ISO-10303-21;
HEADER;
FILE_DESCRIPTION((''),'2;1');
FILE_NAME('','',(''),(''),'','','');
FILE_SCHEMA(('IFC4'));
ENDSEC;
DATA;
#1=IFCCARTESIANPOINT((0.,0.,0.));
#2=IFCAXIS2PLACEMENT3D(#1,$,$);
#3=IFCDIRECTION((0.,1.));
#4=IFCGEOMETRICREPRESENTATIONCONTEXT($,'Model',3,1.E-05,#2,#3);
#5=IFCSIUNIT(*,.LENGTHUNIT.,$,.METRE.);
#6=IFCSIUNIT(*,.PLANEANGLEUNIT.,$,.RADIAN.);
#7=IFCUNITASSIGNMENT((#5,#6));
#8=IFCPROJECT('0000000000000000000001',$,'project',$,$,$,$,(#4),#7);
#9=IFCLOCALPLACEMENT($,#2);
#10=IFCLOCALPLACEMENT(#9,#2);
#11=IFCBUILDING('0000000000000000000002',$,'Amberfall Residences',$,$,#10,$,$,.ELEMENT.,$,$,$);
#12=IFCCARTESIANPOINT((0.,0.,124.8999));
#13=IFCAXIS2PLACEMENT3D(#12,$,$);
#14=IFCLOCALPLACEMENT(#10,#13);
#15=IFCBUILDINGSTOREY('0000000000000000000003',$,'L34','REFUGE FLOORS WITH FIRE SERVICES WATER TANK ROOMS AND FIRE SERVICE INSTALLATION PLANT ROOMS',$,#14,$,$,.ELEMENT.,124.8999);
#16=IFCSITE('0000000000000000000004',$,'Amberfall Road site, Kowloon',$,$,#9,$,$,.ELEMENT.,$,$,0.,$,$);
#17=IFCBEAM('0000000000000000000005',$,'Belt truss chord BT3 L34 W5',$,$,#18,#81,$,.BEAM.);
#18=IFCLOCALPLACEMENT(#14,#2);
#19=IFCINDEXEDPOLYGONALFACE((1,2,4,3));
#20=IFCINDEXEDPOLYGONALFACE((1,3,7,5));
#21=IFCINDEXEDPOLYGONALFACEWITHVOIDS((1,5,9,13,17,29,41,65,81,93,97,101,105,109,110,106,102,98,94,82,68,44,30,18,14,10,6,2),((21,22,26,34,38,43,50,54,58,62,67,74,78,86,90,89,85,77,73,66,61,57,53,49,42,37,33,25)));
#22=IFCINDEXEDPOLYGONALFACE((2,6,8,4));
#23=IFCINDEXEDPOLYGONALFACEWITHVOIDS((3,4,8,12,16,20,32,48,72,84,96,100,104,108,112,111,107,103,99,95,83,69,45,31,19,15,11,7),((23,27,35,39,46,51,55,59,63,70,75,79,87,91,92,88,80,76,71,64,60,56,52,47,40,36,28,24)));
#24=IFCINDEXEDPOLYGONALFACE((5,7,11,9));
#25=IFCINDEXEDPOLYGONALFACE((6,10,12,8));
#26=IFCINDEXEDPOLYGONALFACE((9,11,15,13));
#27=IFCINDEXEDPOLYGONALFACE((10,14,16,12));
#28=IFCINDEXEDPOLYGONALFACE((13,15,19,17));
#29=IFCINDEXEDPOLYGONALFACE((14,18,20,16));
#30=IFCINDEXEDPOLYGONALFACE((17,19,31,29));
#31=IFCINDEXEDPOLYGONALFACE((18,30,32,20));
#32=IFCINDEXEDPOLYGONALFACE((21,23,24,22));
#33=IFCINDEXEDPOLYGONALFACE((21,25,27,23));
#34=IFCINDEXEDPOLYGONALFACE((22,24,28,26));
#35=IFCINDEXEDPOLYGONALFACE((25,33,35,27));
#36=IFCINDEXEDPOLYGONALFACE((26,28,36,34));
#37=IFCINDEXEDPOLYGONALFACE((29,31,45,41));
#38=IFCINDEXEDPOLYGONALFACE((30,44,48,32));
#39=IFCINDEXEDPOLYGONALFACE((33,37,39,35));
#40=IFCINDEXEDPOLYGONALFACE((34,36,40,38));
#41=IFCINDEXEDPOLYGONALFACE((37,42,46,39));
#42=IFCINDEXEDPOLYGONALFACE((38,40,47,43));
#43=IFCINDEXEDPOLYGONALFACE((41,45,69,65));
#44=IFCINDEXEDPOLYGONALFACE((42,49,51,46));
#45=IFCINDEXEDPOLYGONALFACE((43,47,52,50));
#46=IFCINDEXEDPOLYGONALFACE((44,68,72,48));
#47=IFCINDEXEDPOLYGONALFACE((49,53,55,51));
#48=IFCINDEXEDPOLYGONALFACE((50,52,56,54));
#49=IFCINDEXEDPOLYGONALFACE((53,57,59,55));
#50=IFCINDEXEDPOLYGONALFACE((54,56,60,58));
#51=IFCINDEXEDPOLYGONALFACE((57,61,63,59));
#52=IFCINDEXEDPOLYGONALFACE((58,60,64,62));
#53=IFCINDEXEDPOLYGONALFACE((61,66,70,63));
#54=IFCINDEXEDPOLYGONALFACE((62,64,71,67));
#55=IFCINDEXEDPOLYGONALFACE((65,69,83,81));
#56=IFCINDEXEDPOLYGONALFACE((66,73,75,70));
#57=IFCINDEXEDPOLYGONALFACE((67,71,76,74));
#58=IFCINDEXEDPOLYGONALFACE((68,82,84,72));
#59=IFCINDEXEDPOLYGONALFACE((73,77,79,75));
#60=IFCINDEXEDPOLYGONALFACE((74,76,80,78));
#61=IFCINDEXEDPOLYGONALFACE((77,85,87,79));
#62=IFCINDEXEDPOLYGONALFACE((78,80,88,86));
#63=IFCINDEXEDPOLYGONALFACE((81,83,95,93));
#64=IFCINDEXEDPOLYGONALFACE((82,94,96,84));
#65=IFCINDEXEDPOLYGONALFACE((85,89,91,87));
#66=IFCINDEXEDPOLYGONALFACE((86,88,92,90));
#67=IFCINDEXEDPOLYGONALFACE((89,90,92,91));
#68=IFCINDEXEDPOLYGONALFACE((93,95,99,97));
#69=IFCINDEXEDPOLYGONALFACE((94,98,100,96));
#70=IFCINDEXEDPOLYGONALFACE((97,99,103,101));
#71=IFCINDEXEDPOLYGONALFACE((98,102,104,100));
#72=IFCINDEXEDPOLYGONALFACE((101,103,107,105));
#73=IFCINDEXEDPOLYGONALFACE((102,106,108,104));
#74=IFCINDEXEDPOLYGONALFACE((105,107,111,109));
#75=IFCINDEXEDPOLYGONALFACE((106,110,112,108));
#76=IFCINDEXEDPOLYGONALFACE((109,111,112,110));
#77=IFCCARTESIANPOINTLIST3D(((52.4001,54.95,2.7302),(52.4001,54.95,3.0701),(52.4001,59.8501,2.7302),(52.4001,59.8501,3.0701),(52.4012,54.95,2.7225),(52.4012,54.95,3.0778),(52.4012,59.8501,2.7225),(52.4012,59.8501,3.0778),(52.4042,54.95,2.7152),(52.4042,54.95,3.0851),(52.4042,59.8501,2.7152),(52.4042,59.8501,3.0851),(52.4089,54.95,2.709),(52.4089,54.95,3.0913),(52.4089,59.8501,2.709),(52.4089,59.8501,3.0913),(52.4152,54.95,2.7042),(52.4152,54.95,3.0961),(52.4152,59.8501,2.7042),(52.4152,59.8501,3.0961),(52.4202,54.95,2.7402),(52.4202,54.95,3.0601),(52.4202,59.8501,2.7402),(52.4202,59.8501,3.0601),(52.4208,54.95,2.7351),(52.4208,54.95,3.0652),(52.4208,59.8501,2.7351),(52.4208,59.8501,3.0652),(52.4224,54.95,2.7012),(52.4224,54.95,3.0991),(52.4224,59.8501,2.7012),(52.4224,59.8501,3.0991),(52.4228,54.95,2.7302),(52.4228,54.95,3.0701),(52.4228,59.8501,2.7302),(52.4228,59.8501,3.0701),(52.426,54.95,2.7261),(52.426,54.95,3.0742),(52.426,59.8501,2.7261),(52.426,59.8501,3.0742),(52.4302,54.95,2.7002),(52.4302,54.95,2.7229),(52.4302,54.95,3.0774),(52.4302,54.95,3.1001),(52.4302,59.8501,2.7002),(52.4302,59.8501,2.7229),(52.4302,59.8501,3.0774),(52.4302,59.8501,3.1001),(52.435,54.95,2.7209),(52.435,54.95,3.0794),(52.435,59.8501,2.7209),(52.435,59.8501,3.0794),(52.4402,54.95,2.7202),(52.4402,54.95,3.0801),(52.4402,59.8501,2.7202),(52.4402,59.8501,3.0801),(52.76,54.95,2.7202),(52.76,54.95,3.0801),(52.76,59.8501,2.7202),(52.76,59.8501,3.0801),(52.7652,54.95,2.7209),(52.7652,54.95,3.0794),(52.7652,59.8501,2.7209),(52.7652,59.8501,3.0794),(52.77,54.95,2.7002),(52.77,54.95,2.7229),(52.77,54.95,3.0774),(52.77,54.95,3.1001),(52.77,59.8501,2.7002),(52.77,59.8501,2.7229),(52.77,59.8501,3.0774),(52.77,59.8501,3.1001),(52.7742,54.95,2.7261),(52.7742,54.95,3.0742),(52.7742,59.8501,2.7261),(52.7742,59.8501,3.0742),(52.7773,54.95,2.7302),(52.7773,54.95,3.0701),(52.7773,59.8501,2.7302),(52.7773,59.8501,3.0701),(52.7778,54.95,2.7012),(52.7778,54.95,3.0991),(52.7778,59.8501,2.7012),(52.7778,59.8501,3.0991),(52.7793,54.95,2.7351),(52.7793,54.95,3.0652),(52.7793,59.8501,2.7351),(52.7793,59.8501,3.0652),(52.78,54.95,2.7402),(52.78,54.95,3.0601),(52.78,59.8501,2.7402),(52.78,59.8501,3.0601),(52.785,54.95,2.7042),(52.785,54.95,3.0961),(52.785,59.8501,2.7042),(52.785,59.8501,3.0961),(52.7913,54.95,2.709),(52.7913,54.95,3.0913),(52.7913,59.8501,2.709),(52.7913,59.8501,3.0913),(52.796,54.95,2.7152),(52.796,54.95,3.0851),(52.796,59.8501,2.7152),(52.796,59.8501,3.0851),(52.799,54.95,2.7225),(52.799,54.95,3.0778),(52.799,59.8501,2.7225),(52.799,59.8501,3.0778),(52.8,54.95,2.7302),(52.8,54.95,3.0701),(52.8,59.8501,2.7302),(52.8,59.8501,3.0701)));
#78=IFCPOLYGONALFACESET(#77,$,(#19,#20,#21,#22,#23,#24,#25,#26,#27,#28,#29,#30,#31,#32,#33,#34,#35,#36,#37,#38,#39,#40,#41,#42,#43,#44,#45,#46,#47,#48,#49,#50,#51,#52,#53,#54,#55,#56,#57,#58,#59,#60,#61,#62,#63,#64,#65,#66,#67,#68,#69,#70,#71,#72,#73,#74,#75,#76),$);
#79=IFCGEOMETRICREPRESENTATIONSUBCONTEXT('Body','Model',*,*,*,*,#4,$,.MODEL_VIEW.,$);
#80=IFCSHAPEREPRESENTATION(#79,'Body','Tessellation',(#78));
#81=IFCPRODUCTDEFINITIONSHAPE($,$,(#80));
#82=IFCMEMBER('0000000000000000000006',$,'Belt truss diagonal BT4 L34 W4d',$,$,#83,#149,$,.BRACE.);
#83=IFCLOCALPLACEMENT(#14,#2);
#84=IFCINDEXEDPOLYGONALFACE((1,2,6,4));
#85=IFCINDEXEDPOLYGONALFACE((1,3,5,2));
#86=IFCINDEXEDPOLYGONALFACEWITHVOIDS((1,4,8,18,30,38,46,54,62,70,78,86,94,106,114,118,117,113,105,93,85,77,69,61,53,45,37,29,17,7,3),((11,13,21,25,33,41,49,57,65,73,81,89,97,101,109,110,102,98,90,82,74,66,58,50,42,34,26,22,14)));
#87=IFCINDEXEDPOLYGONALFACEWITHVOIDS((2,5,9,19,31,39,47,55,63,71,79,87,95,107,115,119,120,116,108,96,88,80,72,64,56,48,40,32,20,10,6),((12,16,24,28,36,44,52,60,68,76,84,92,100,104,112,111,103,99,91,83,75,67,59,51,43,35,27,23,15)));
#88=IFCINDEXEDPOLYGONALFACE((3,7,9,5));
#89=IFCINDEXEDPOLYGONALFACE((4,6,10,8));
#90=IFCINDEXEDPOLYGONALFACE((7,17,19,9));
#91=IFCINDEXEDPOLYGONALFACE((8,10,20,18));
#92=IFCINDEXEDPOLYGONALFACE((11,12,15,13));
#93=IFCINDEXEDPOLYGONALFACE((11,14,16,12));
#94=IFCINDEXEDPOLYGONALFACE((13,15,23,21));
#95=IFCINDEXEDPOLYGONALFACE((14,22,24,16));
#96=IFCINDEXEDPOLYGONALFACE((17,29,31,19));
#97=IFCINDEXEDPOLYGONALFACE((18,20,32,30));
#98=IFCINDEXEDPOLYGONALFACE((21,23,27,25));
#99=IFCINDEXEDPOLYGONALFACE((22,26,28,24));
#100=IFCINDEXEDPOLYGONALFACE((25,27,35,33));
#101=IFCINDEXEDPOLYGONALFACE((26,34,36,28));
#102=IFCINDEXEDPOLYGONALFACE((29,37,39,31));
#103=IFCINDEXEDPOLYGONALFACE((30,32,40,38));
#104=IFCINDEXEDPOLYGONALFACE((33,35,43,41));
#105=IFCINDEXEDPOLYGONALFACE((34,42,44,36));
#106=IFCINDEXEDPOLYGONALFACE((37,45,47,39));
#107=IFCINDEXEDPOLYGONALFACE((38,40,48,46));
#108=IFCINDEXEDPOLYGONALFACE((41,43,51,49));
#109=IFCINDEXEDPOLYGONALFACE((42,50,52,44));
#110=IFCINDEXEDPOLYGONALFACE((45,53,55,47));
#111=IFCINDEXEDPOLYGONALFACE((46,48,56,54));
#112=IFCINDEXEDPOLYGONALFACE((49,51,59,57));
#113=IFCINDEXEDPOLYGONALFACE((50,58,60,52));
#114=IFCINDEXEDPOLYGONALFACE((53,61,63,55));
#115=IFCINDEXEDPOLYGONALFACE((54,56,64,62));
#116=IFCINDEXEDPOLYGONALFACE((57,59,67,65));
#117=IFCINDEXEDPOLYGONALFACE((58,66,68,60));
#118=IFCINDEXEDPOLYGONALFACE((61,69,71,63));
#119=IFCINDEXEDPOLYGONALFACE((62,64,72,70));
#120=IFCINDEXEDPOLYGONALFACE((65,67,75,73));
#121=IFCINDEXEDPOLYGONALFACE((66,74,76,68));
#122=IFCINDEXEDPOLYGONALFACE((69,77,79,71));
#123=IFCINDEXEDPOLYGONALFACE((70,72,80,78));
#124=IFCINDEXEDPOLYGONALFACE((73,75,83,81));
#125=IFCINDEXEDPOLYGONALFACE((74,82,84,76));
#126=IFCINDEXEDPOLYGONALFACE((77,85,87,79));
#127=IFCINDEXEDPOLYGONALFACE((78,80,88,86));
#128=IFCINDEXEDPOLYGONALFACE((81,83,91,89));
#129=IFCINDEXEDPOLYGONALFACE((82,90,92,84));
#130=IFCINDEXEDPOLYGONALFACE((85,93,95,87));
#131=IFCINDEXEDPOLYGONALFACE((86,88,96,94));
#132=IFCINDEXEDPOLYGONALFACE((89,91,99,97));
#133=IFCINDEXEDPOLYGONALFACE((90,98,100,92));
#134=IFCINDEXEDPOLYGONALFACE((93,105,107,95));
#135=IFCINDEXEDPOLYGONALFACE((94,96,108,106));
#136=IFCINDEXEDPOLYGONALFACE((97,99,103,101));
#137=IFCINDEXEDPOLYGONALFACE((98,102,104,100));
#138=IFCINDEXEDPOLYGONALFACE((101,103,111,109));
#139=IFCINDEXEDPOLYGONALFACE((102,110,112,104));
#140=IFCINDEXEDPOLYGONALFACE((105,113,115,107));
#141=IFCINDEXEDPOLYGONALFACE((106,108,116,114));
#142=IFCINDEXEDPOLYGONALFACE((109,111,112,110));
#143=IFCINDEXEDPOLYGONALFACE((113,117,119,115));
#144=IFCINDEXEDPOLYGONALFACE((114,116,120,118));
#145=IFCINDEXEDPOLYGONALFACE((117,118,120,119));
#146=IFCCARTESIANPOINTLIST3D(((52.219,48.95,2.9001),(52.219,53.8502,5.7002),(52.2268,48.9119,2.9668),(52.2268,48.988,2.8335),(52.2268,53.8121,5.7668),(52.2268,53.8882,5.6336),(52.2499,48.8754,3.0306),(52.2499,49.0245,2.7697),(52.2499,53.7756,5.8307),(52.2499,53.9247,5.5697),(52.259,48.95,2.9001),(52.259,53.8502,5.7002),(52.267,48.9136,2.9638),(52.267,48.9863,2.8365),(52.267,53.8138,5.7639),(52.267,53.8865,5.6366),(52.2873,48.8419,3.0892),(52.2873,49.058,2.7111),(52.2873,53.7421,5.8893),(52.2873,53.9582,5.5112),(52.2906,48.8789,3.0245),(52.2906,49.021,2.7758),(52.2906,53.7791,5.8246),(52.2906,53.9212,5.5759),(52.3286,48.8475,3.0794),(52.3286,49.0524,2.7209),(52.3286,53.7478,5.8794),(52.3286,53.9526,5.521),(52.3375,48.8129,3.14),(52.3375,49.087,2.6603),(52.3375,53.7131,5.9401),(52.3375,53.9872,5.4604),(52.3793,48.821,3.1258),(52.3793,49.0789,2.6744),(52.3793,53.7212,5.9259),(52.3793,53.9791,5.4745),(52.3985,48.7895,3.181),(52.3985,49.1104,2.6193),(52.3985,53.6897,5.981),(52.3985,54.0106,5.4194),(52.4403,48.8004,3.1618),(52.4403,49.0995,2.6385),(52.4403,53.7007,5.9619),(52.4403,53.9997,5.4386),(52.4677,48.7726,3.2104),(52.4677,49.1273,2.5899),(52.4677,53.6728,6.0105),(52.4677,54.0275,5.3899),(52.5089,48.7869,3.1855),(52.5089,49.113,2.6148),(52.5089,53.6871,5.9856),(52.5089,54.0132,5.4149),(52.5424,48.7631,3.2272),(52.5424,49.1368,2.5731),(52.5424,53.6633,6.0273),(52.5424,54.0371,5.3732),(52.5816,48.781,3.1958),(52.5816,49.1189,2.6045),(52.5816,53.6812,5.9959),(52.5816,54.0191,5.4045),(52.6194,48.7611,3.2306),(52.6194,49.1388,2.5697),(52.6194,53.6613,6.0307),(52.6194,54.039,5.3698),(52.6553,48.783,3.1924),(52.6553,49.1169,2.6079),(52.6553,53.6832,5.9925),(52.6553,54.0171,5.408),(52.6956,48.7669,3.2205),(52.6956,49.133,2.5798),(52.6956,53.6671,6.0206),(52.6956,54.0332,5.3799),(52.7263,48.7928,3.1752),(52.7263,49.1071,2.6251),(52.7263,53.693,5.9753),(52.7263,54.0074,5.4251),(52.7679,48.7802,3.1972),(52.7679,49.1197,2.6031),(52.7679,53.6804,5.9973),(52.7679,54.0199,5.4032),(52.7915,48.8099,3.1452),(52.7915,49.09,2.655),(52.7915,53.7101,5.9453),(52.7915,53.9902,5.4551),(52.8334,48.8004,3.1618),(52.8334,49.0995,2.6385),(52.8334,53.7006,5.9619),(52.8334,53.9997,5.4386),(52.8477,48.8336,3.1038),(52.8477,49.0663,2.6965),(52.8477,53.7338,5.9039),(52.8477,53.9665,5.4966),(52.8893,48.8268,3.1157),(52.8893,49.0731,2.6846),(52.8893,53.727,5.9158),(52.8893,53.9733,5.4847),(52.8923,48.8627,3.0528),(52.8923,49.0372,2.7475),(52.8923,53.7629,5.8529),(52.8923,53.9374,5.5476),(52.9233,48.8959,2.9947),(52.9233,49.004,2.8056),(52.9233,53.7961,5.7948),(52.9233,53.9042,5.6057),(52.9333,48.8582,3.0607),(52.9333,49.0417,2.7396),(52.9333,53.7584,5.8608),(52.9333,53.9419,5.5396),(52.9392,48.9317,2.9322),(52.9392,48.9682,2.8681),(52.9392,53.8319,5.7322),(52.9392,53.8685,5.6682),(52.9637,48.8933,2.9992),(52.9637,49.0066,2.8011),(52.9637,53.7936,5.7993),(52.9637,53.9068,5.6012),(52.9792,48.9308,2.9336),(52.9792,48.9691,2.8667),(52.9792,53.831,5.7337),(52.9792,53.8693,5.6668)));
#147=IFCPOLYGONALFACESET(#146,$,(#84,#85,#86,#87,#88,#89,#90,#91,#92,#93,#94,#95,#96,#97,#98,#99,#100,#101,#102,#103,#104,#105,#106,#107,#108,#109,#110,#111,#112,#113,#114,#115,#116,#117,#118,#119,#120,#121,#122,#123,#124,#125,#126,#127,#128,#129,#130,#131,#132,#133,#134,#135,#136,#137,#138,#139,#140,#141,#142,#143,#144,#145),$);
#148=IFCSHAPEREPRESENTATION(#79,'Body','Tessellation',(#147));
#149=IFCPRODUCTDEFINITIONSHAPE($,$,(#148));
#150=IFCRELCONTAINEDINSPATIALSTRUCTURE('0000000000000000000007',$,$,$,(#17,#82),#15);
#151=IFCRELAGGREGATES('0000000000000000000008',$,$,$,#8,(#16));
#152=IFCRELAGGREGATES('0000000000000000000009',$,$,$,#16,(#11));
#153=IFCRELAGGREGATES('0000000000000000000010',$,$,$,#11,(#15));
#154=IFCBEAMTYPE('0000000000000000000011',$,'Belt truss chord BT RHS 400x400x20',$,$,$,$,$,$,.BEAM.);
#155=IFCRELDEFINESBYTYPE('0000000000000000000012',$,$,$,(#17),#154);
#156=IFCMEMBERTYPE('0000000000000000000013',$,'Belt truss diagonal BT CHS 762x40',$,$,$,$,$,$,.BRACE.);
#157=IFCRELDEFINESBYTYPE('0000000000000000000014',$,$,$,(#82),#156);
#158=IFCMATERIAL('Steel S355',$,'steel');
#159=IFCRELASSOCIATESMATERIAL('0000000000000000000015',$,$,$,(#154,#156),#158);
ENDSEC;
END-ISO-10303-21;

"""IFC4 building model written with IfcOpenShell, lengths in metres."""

from ifc_helpers import new_model, si_unit, direction, frame, origin, origin_2d, place, context, subcontext, project, spatial, hollow_rectangle, hollow_circle, extrude, material, material_profile, profile_set, type_object, element, save


model = new_model("IFC4")

# Units and contexts
model_context = context("Model", 3, precision=1e-05, world=origin(), true_north=direction((0.0, 1.0)))
body_context = subcontext(model_context, "Body", "Model", "MODEL_VIEW")
ifc_project = project(units=[si_unit("LENGTHUNIT", "METRE"), si_unit("PLANEANGLEUNIT", "RADIAN")], contexts=[model_context])

# Site, building, storey
site_placement = place(None, origin())
site = spatial("IfcSite", under=ifc_project, at=site_placement, Name="Amberfall Road site, Kowloon", CompositionType="ELEMENT", RefElevation=0.0)
building_placement = place(site_placement, origin())
building = spatial("IfcBuilding", under=site, at=building_placement, Name="Amberfall Residences", CompositionType="ELEMENT")
storey_placement = place(building_placement, frame((0.0, 0.0, 124.8999)))
storey = spatial("IfcBuildingStorey", under=building, at=storey_placement, Name="L34", Description="REFUGE FLOORS WITH FIRE SERVICES WATER TANK ROOMS AND FIRE SERVICE INSTALLATION PLANT ROOMS", CompositionType="ELEMENT", Elevation=124.8999)

# Beam
ifc_material_1 = material(Name="Steel S355", Category="steel")
ifc_material_profile_1 = material_profile(ifc_material_1, hollow_rectangle(XDim=0.3999, YDim=0.3999, WallThickness=0.02, InnerFilletRadius=0.02, OuterFilletRadius=0.03, at=origin_2d()), Name="RHS 400x400x20")
ifc_profile_set_1 = profile_set([ifc_material_profile_1], Name="Steel S355")
beam_type_1 = type_object("IfcBeamType", Name="Belt truss chord BT RHS 400x400x20", PredefinedType="BEAM", material=ifc_profile_set_1)
for number, where, z_axis, x_axis, name in (
    (1, (52.6001, 54.95, 2.9001), (0.0, 1.0, 0.0), (-1.0, 0.0, 0.0), "Belt truss chord BT3 L34 W5"),
):
    element("IfcBeam", number, at=place(storey_placement, frame(where, z_axis=z_axis, x_axis=x_axis)), inside=storey, type_object=beam_type_1, Name=name, PredefinedType="BEAM", context=body_context, shape_type="SweptSolid", body=[
        extrude(hollow_rectangle(XDim=0.3999, YDim=0.3999, WallThickness=0.02, InnerFilletRadius=0.02, OuterFilletRadius=0.03, at=origin_2d()), origin(), (0.0, 0.0, 1.0), 4.9001),
    ])

# Member
ifc_material_profile_2 = material_profile(ifc_material_1, hollow_circle(Radius=0.3811, WallThickness=0.04, at=origin_2d()), Name="CHS 762x40")
ifc_profile_set_2 = profile_set([ifc_material_profile_2], Name="Steel S355")
member_type_1 = type_object("IfcMemberType", Name="Belt truss diagonal BT CHS 762x40", PredefinedType="BRACE", material=ifc_profile_set_2)
member_1_placement = place(storey_placement, frame((52.6001, 48.95, 2.9001), z_axis=(0.0, 0.868246, 0.496134), x_axis=(-1.0, 0.0, 0.0)))
element("IfcMember", 2, at=member_1_placement, inside=storey, type_object=member_type_1, Name="Belt truss diagonal BT4 L34 W4d", PredefinedType="BRACE", context=body_context, shape_type="SweptSolid", body=[
    extrude(hollow_circle(Radius=0.3811, WallThickness=0.04, at=origin_2d()), origin(), (0.0, 0.0, 1.0), 5.6438),
])

save(model, "model.ifc")
